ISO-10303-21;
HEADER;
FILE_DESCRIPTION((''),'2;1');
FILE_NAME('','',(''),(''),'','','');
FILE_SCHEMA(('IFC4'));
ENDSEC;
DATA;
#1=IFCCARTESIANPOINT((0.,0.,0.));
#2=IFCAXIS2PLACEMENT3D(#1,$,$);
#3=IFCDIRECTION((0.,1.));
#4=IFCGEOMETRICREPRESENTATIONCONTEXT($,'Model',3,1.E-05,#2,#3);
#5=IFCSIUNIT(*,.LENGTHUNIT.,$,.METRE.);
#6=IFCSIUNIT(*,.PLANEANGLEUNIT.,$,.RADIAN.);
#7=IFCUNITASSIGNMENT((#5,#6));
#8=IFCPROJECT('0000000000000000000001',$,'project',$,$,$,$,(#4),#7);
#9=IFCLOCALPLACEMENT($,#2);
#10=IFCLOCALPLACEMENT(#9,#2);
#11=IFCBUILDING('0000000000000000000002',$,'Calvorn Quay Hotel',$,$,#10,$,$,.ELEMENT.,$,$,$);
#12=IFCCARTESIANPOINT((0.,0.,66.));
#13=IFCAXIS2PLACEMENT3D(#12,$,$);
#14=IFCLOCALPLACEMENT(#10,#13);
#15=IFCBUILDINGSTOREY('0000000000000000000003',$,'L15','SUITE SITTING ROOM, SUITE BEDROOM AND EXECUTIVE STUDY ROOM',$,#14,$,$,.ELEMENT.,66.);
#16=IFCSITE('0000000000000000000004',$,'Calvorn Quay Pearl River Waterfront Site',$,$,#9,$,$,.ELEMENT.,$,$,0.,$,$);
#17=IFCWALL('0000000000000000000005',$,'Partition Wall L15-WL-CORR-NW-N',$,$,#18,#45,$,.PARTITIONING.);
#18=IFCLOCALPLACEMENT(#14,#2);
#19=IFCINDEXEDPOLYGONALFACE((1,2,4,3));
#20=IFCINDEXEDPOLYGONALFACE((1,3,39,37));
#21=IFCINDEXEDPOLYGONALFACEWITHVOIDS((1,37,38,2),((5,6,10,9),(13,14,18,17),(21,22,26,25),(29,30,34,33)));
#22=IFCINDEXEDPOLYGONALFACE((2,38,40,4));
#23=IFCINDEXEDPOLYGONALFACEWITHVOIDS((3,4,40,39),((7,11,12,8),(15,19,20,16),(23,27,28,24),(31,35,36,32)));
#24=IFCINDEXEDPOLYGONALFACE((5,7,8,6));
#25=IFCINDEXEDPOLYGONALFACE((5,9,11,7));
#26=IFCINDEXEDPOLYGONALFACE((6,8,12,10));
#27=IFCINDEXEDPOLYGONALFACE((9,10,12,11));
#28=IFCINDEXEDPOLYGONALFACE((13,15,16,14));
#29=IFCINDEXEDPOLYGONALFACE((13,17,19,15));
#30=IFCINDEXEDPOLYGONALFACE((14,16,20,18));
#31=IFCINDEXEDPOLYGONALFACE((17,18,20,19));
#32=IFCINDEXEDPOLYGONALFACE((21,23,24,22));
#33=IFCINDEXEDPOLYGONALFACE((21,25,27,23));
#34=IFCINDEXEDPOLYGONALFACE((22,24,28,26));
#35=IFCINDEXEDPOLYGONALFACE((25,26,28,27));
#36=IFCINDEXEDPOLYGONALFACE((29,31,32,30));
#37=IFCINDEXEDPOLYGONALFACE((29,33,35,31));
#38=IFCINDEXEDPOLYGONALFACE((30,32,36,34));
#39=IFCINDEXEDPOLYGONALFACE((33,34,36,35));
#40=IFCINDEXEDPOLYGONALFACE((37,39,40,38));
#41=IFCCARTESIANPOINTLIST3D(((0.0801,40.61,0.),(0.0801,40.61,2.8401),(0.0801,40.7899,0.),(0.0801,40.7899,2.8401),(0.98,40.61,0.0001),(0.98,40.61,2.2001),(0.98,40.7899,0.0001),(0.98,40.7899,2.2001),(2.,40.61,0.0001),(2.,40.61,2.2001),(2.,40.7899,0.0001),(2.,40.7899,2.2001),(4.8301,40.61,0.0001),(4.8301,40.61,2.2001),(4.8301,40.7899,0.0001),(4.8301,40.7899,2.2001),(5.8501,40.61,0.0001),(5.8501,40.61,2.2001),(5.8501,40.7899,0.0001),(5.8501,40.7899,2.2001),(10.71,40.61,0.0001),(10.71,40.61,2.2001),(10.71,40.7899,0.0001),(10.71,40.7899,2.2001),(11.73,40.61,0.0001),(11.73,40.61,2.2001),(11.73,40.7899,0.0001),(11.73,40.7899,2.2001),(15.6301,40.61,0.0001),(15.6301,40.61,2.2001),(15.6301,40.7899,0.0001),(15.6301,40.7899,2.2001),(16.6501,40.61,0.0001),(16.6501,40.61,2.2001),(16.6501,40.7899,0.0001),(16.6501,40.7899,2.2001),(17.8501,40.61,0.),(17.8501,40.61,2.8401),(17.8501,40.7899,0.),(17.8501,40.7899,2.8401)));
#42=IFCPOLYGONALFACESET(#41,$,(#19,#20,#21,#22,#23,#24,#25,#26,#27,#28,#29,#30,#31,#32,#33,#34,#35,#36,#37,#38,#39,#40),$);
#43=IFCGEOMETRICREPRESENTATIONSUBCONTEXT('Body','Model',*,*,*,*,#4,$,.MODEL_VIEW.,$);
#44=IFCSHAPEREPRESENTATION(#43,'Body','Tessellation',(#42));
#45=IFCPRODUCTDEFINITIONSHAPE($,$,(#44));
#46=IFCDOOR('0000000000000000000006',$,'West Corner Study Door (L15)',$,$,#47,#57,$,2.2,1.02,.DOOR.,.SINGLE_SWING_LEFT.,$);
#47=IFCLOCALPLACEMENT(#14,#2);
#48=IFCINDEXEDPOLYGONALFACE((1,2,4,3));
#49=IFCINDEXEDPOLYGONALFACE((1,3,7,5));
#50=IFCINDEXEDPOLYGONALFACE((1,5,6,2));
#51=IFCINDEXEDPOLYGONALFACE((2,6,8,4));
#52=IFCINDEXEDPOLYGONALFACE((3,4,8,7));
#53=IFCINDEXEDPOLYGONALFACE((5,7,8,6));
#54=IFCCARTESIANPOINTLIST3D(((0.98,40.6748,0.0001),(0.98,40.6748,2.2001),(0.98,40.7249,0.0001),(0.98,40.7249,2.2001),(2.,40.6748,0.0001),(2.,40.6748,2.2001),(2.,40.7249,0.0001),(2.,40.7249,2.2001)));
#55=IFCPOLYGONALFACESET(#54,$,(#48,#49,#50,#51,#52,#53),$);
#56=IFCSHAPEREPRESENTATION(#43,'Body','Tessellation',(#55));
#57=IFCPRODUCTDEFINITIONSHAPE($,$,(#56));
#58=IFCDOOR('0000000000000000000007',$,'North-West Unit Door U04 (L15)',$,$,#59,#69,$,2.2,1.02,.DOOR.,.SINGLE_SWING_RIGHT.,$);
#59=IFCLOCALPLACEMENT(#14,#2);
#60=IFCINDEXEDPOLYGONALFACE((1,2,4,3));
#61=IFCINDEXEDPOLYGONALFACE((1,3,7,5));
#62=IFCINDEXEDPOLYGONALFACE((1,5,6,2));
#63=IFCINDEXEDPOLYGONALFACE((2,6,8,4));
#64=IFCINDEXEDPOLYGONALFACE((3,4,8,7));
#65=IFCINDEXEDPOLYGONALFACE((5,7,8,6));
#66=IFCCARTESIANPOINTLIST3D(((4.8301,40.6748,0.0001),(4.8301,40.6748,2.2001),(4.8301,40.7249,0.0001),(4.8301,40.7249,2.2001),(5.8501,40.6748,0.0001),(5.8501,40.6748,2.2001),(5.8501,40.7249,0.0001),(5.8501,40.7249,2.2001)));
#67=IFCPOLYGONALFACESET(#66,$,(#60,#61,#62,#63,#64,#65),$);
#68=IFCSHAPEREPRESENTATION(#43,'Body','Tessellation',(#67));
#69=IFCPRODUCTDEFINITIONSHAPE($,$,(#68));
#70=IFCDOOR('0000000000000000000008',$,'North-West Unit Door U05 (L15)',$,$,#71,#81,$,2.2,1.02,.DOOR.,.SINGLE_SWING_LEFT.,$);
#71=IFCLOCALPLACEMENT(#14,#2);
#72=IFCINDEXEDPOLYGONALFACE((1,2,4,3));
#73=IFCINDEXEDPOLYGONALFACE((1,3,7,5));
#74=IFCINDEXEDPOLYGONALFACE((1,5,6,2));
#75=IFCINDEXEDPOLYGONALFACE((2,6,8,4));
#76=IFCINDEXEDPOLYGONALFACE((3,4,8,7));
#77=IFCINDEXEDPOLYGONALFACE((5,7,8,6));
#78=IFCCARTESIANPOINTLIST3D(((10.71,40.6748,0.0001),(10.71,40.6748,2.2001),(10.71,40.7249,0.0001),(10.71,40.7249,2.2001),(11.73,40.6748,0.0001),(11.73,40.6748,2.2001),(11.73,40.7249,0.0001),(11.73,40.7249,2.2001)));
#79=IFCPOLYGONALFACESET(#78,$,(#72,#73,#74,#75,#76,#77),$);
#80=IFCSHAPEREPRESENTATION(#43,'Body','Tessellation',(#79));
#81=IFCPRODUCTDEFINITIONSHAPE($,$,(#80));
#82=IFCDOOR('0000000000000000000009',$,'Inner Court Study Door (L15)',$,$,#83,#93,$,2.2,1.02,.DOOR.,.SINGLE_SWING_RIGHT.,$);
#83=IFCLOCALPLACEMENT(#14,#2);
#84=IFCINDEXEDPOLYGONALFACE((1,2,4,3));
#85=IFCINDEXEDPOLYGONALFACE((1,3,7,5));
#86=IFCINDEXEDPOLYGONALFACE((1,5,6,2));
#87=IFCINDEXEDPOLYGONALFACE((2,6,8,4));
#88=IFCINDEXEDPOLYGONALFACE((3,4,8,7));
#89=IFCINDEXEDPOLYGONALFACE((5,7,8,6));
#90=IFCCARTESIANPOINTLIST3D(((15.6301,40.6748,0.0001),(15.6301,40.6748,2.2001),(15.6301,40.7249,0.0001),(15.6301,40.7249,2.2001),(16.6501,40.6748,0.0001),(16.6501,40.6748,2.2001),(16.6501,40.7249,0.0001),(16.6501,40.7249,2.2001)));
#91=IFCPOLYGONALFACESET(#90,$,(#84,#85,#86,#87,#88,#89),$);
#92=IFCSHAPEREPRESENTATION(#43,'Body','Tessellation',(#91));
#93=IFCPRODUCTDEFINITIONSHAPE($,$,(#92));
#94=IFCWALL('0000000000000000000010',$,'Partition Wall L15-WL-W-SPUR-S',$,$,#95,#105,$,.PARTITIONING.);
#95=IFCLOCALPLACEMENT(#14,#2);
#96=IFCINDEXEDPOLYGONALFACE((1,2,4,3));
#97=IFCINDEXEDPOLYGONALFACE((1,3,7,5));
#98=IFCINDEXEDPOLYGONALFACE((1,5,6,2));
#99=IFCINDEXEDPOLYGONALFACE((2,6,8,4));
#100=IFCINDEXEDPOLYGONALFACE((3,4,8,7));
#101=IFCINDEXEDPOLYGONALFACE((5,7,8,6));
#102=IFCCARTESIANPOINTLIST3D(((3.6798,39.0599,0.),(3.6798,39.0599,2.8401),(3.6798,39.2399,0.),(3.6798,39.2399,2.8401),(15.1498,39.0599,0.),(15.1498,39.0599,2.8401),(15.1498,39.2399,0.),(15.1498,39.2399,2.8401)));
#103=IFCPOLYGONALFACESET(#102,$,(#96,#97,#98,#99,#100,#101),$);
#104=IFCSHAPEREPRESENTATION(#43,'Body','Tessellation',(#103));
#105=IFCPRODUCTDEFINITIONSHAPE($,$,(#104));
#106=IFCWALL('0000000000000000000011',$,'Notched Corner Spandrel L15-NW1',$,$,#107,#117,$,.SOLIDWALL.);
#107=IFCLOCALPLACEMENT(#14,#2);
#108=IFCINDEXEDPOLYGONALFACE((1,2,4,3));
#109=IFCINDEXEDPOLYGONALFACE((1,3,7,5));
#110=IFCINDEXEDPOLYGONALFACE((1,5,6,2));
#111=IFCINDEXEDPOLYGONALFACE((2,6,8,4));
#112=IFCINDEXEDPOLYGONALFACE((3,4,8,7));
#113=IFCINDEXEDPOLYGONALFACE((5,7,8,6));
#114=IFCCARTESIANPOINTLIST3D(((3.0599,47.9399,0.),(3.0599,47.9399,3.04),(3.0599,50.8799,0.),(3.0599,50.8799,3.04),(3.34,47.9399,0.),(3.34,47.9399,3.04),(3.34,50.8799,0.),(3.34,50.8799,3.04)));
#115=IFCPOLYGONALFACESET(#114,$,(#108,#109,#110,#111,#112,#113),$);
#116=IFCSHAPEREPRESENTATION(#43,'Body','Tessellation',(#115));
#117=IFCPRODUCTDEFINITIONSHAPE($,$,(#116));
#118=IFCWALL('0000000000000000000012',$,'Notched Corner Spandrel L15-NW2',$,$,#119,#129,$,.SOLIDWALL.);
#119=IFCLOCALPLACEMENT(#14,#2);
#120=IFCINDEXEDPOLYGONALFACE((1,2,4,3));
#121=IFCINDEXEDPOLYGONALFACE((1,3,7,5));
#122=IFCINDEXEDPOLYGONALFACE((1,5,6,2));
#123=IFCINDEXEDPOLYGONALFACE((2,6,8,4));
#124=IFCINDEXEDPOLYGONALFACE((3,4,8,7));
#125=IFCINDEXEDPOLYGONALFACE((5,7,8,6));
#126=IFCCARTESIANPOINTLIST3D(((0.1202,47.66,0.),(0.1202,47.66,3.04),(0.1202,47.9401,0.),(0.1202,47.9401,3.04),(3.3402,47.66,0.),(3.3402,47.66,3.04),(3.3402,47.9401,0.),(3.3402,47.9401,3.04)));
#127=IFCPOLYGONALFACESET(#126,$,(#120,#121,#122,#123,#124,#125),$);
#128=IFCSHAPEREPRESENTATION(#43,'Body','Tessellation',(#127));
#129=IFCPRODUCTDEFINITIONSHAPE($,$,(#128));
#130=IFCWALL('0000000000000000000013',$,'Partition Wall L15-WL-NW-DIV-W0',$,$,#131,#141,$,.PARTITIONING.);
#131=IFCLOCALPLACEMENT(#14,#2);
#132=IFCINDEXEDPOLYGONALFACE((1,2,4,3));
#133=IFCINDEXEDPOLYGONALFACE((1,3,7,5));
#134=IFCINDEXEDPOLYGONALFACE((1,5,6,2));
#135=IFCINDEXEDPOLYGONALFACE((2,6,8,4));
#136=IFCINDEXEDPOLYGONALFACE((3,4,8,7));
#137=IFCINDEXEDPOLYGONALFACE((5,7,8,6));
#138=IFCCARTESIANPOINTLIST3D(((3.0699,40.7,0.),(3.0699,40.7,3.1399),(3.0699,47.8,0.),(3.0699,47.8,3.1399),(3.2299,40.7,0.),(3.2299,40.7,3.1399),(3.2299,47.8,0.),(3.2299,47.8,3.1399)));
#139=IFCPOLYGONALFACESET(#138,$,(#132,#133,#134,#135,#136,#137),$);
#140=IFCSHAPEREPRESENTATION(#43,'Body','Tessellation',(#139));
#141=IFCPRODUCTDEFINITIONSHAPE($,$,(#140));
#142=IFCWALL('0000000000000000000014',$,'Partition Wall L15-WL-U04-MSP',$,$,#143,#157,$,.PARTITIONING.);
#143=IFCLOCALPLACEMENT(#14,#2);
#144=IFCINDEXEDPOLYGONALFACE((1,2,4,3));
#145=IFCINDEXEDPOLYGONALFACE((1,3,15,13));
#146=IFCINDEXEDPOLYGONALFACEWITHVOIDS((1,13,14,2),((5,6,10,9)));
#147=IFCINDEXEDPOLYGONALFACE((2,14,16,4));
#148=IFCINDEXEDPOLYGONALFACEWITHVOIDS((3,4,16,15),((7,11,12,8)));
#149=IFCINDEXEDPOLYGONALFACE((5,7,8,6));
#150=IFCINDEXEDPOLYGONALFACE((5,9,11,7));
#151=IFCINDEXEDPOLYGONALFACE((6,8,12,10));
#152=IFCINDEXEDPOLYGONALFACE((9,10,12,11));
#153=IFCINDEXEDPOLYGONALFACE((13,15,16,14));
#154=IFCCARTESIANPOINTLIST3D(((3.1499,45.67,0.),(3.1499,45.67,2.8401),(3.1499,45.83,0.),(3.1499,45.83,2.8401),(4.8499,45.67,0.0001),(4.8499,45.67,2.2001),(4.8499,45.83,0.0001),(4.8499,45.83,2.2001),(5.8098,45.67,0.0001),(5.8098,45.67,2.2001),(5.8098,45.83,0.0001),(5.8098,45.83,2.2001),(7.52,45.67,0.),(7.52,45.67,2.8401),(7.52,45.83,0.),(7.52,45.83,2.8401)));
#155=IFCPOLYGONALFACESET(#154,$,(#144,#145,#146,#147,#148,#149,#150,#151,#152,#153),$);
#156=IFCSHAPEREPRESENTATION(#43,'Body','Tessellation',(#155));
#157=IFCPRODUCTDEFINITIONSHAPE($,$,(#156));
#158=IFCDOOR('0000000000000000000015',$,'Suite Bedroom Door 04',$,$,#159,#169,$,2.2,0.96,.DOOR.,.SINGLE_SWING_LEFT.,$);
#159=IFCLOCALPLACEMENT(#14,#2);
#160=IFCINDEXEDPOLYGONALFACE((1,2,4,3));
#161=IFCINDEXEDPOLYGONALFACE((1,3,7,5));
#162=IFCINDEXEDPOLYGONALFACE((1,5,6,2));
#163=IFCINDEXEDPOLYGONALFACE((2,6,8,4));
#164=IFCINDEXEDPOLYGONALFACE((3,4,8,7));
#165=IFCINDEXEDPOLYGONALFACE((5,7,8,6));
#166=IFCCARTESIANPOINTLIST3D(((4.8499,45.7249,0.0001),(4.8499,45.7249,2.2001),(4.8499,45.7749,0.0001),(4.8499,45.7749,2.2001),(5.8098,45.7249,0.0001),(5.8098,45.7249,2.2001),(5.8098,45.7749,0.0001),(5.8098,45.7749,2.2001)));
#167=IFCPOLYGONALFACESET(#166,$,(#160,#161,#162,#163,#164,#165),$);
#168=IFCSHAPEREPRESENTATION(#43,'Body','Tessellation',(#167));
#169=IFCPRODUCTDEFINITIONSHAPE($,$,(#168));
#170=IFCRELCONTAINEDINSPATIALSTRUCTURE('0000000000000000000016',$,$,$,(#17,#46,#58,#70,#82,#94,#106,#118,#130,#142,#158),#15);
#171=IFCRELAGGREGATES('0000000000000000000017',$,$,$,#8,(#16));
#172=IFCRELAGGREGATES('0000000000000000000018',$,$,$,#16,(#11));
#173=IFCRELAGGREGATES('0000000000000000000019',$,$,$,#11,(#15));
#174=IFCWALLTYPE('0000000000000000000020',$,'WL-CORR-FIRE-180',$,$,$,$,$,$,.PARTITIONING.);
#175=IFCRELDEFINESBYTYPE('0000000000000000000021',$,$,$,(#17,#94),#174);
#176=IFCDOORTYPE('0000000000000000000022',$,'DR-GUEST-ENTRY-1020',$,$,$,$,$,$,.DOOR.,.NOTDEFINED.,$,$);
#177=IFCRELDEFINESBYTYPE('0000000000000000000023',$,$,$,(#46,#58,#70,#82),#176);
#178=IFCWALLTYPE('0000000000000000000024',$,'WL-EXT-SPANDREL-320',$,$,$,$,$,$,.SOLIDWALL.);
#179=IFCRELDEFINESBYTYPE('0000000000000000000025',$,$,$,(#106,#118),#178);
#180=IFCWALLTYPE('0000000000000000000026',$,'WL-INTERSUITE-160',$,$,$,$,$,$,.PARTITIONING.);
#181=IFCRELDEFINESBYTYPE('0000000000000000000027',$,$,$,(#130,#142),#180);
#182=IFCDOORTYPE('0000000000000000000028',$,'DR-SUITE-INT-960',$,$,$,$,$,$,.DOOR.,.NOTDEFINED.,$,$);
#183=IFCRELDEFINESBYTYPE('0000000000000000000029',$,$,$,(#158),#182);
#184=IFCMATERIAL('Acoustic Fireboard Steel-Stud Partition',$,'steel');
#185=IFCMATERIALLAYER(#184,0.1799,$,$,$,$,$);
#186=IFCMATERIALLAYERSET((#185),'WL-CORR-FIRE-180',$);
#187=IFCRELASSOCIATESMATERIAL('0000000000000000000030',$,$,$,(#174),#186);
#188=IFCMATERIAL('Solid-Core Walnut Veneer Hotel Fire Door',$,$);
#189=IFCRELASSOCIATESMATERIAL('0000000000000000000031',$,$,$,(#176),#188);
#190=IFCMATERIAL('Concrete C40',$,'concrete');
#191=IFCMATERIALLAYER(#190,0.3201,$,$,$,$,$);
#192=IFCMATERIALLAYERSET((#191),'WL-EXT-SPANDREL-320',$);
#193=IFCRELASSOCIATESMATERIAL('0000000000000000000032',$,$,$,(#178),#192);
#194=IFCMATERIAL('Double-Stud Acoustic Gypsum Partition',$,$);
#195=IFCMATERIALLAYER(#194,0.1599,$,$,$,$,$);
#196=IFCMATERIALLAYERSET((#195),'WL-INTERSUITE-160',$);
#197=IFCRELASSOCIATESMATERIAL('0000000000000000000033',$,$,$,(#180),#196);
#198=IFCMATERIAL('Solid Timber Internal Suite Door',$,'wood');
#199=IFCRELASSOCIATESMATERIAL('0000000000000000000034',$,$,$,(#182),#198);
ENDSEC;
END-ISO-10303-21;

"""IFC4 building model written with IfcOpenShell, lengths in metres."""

from ifc_helpers import new_model, si_unit, direction, frame, frame_2d, origin, place, context, subcontext, project, spatial, rectangle, extrude, material, layer, layer_set, type_object, element, fill, save


model = new_model("IFC4")

# Units and contexts
model_context = context("Model", 3, precision=1e-05, world=origin(), true_north=direction((0.0, 1.0)))
body_context = subcontext(model_context, "Body", "Model", "MODEL_VIEW")
ifc_project = project(units=[si_unit("LENGTHUNIT", "METRE"), si_unit("PLANEANGLEUNIT", "RADIAN")], contexts=[model_context])

# Site, building, storey
site_placement = place(None, origin())
site = spatial("IfcSite", under=ifc_project, at=site_placement, Name="Calvorn Quay Pearl River Waterfront Site", CompositionType="ELEMENT", RefElevation=0.0)
building_placement = place(site_placement, origin())
building = spatial("IfcBuilding", under=site, at=building_placement, Name="Calvorn Quay Hotel", CompositionType="ELEMENT")
storey_placement = place(building_placement, frame((0.0, 0.0, 66.0)))
storey = spatial("IfcBuildingStorey", under=building, at=storey_placement, Name="L15", Description="SUITE SITTING ROOM, SUITE BEDROOM AND EXECUTIVE STUDY ROOM", CompositionType="ELEMENT", Elevation=66.0)

# Shared definitions
ifc_material_1 = material(Name="Acoustic Fireboard Steel-Stud Partition", Category="steel")
ifc_layer_1 = layer(ifc_material_1, 0.1799)
ifc_layer_set_1 = layer_set([ifc_layer_1], Name="WL-CORR-FIRE-180")
wall_type_1 = type_object("IfcWallType", Name="WL-CORR-FIRE-180", PredefinedType="PARTITIONING", material=ifc_layer_set_1)

# Wall, openings, doors
wall_1_placement = place(storey_placement, frame((0.0801, 40.7, 0.0), z_axis=(0.0, 0.0, 1.0), x_axis=(1.0, 0.0, 0.0)))
wall_1 = element("IfcWall", 1, at=wall_1_placement, inside=storey, type_object=wall_type_1, Name="Partition Wall L15-WL-CORR-NW-N", PredefinedType="PARTITIONING", context=body_context, shape_type="SweptSolid", body=[
    extrude(rectangle(XDim=17.77, YDim=0.1799, at=frame_2d((8.885, 0.0))), origin(), (0.0, 0.0, 1.0), 2.8401),
])
opening_1_placement = place(wall_1_placement, frame((0.8999, 0.0, 0.0)))
opening_1 = element("IfcOpeningElement", 2, at=opening_1_placement, cuts=wall_1, PredefinedType="OPENING", context=body_context, shape_type="SweptSolid", body=[
    extrude(rectangle(XDim=1.02, YDim=2.2, at=frame_2d((0.51, 1.1001))), frame((0.0, 0.0999, 0.0), z_axis=(0.0, -1.0, 0.0), x_axis=(1.0, 0.0, 0.0)), (0.0, 0.0, 1.0), 0.2),
])
opening_2_placement = place(wall_1_placement, frame((4.75, 0.0, 0.0)))
opening_2 = element("IfcOpeningElement", 3, at=opening_2_placement, cuts=wall_1, PredefinedType="OPENING", context=body_context, shape_type="SweptSolid", body=[
    extrude(rectangle(XDim=1.02, YDim=2.2, at=frame_2d((0.51, 1.1001))), frame((0.0, 0.0999, 0.0), z_axis=(0.0, -1.0, 0.0), x_axis=(1.0, 0.0, 0.0)), (0.0, 0.0, 1.0), 0.2),
])
opening_3_placement = place(wall_1_placement, frame((10.6299, 0.0, 0.0)))
opening_3 = element("IfcOpeningElement", 4, at=opening_3_placement, cuts=wall_1, PredefinedType="OPENING", context=body_context, shape_type="SweptSolid", body=[
    extrude(rectangle(XDim=1.02, YDim=2.2, at=frame_2d((0.51, 1.1001))), frame((0.0, 0.0999, 0.0), z_axis=(0.0, -1.0, 0.0), x_axis=(1.0, 0.0, 0.0)), (0.0, 0.0, 1.0), 0.2),
])
opening_4_placement = place(wall_1_placement, frame((15.55, 0.0, 0.0)))
opening_4 = element("IfcOpeningElement", 5, at=opening_4_placement, cuts=wall_1, PredefinedType="OPENING", context=body_context, shape_type="SweptSolid", body=[
    extrude(rectangle(XDim=1.02, YDim=2.2, at=frame_2d((0.51, 1.1001))), frame((0.0, 0.0999, 0.0), z_axis=(0.0, -1.0, 0.0), x_axis=(1.0, 0.0, 0.0)), (0.0, 0.0, 1.0), 0.2),
])
ifc_material_2 = material(Name="Solid-Core Walnut Veneer Hotel Fire Door")
door_type_1 = type_object("IfcDoorType", Name="DR-GUEST-ENTRY-1020", OperationType="NOTDEFINED", PredefinedType="DOOR", material=ifc_material_2)
door_1_placement = place(opening_1_placement, origin())
door_1 = element("IfcDoor", 6, at=door_1_placement, inside=storey, type_object=door_type_1, Name="West Corner Study Door (L15)", OperationType="SINGLE_SWING_LEFT", OverallHeight=2.2, OverallWidth=1.02, PredefinedType="DOOR", context=body_context, shape_type="SweptSolid", body=[
    extrude(rectangle(XDim=1.02, YDim=2.2, at=frame_2d((0.51, 1.1001))), frame((0.0, 0.0249, 0.0), z_axis=(0.0, -1.0, 0.0), x_axis=(1.0, 0.0, 0.0)), (0.0, 0.0, 1.0), 0.05),
])
fill(opening_1, door_1)
door_2_placement = place(opening_2_placement, origin())
door_2 = element("IfcDoor", 7, at=door_2_placement, inside=storey, type_object=door_type_1, Name="North-West Unit Door U04 (L15)", OperationType="SINGLE_SWING_RIGHT", OverallHeight=2.2, OverallWidth=1.02, PredefinedType="DOOR", context=body_context, shape_type="SweptSolid", body=[
    extrude(rectangle(XDim=1.02, YDim=2.2, at=frame_2d((0.51, 1.1001))), frame((0.0, 0.0249, 0.0), z_axis=(0.0, -1.0, 0.0), x_axis=(1.0, 0.0, 0.0)), (0.0, 0.0, 1.0), 0.05),
])
fill(opening_2, door_2)
door_3_placement = place(opening_3_placement, origin())
door_3 = element("IfcDoor", 8, at=door_3_placement, inside=storey, type_object=door_type_1, Name="North-West Unit Door U05 (L15)", OperationType="SINGLE_SWING_LEFT", OverallHeight=2.2, OverallWidth=1.02, PredefinedType="DOOR", context=body_context, shape_type="SweptSolid", body=[
    extrude(rectangle(XDim=1.02, YDim=2.2, at=frame_2d((0.51, 1.1001))), frame((0.0, 0.0249, 0.0), z_axis=(0.0, -1.0, 0.0), x_axis=(1.0, 0.0, 0.0)), (0.0, 0.0, 1.0), 0.05),
])
fill(opening_3, door_3)
door_4_placement = place(opening_4_placement, origin())
door_4 = element("IfcDoor", 9, at=door_4_placement, inside=storey, type_object=door_type_1, Name="Inner Court Study Door (L15)", OperationType="SINGLE_SWING_RIGHT", OverallHeight=2.2, OverallWidth=1.02, PredefinedType="DOOR", context=body_context, shape_type="SweptSolid", body=[
    extrude(rectangle(XDim=1.02, YDim=2.2, at=frame_2d((0.51, 1.1001))), frame((0.0, 0.0249, 0.0), z_axis=(0.0, -1.0, 0.0), x_axis=(1.0, 0.0, 0.0)), (0.0, 0.0, 1.0), 0.05),
])
fill(opening_4, door_4)

# Walls
wall_2_placement = place(storey_placement, frame((3.6799, 39.1499, 0.0), z_axis=(0.0, 0.0, 1.0), x_axis=(1.0, 0.0, 0.0)))
element("IfcWall", 10, at=wall_2_placement, inside=storey, type_object=wall_type_1, Name="Partition Wall L15-WL-W-SPUR-S", PredefinedType="PARTITIONING", context=body_context, shape_type="SweptSolid", body=[
    extrude(rectangle(XDim=11.47, YDim=0.1799, at=frame_2d((5.7349, 0.0))), origin(), (0.0, 0.0, 1.0), 2.8401),
])
ifc_material_3 = material(Name="Concrete C40", Category="concrete")
ifc_layer_2 = layer(ifc_material_3, 0.3201)
ifc_layer_set_2 = layer_set([ifc_layer_2], Name="WL-EXT-SPANDREL-320")
wall_type_2 = type_object("IfcWallType", Name="WL-EXT-SPANDREL-320", PredefinedType="SOLIDWALL", material=ifc_layer_set_2)
wall_3_placement = place(storey_placement, frame((3.2, 50.8799, 0.0), z_axis=(0.0, 0.0, 1.0), x_axis=(0.0, -1.0, 0.0)))
element("IfcWall", 11, at=wall_3_placement, inside=storey, type_object=wall_type_2, Name="Notched Corner Spandrel L15-NW1", PredefinedType="SOLIDWALL", context=body_context, shape_type="SweptSolid", body=[
    extrude(rectangle(XDim=2.9399, YDim=0.28, at=frame_2d((1.47, 0.0))), origin(), (0.0, 0.0, 1.0), 3.04),
])
wall_4_placement = place(storey_placement, frame((3.3401, 47.8, 0.0), z_axis=(0.0, 0.0, 1.0), x_axis=(-1.0, 0.0, 0.0)))
element("IfcWall", 12, at=wall_4_placement, inside=storey, type_object=wall_type_2, Name="Notched Corner Spandrel L15-NW2", PredefinedType="SOLIDWALL", context=body_context, shape_type="SweptSolid", body=[
    extrude(rectangle(XDim=3.22, YDim=0.28, at=frame_2d((1.6099, 0.0))), origin(), (0.0, 0.0, 1.0), 3.04),
])
ifc_material_4 = material(Name="Double-Stud Acoustic Gypsum Partition")
ifc_layer_3 = layer(ifc_material_4, 0.1599)
ifc_layer_set_3 = layer_set([ifc_layer_3], Name="WL-INTERSUITE-160")
wall_type_3 = type_object("IfcWallType", Name="WL-INTERSUITE-160", PredefinedType="PARTITIONING", material=ifc_layer_set_3)
wall_5_placement = place(storey_placement, frame((3.1499, 40.7, 0.0), z_axis=(0.0, 0.0, 1.0), x_axis=(0.0, 1.0, 0.0)))
element("IfcWall", 13, at=wall_5_placement, inside=storey, type_object=wall_type_3, Name="Partition Wall L15-WL-NW-DIV-W0", PredefinedType="PARTITIONING", context=body_context, shape_type="SweptSolid", body=[
    extrude(rectangle(XDim=7.1001, YDim=0.1599, at=frame_2d((3.55, 0.0))), origin(), (0.0, 0.0, 1.0), 3.1399),
])

# Wall, opening, door
wall_6_placement = place(storey_placement, frame((3.1499, 45.75, 0.0), z_axis=(0.0, 0.0, 1.0), x_axis=(1.0, 0.0, 0.0)))
wall_6 = element("IfcWall", 14, at=wall_6_placement, inside=storey, type_object=wall_type_3, Name="Partition Wall L15-WL-U04-MSP", PredefinedType="PARTITIONING", context=body_context, shape_type="SweptSolid", body=[
    extrude(rectangle(XDim=4.3701, YDim=0.1599, at=frame_2d((2.1851, 0.0))), origin(), (0.0, 0.0, 1.0), 2.8401),
])
opening_5_placement = place(wall_6_placement, frame((1.7, 0.0, 0.0)))
opening_5 = element("IfcOpeningElement", 15, at=opening_5_placement, cuts=wall_6, PredefinedType="OPENING", context=body_context, shape_type="SweptSolid", body=[
    extrude(rectangle(XDim=0.96, YDim=2.2, at=frame_2d((0.48, 1.1001))), frame((0.0, 0.0898, 0.0), z_axis=(0.0, -1.0, 0.0), x_axis=(1.0, 0.0, 0.0)), (0.0, 0.0, 1.0), 0.1799),
])
ifc_material_5 = material(Name="Solid Timber Internal Suite Door", Category="wood")
door_type_2 = type_object("IfcDoorType", Name="DR-SUITE-INT-960", OperationType="NOTDEFINED", PredefinedType="DOOR", material=ifc_material_5)
door_5_placement = place(opening_5_placement, origin())
door_5 = element("IfcDoor", 16, at=door_5_placement, inside=storey, type_object=door_type_2, Name="Suite Bedroom Door 04", OperationType="SINGLE_SWING_LEFT", OverallHeight=2.2, OverallWidth=0.96, PredefinedType="DOOR", context=body_context, shape_type="SweptSolid", body=[
    extrude(rectangle(XDim=0.96, YDim=2.2, at=frame_2d((0.48, 1.1001))), frame((0.0, 0.0249, 0.0), z_axis=(0.0, -1.0, 0.0), x_axis=(1.0, 0.0, 0.0)), (0.0, 0.0, 1.0), 0.05),
])
fill(opening_5, door_5)

save(model, "model.ifc")
